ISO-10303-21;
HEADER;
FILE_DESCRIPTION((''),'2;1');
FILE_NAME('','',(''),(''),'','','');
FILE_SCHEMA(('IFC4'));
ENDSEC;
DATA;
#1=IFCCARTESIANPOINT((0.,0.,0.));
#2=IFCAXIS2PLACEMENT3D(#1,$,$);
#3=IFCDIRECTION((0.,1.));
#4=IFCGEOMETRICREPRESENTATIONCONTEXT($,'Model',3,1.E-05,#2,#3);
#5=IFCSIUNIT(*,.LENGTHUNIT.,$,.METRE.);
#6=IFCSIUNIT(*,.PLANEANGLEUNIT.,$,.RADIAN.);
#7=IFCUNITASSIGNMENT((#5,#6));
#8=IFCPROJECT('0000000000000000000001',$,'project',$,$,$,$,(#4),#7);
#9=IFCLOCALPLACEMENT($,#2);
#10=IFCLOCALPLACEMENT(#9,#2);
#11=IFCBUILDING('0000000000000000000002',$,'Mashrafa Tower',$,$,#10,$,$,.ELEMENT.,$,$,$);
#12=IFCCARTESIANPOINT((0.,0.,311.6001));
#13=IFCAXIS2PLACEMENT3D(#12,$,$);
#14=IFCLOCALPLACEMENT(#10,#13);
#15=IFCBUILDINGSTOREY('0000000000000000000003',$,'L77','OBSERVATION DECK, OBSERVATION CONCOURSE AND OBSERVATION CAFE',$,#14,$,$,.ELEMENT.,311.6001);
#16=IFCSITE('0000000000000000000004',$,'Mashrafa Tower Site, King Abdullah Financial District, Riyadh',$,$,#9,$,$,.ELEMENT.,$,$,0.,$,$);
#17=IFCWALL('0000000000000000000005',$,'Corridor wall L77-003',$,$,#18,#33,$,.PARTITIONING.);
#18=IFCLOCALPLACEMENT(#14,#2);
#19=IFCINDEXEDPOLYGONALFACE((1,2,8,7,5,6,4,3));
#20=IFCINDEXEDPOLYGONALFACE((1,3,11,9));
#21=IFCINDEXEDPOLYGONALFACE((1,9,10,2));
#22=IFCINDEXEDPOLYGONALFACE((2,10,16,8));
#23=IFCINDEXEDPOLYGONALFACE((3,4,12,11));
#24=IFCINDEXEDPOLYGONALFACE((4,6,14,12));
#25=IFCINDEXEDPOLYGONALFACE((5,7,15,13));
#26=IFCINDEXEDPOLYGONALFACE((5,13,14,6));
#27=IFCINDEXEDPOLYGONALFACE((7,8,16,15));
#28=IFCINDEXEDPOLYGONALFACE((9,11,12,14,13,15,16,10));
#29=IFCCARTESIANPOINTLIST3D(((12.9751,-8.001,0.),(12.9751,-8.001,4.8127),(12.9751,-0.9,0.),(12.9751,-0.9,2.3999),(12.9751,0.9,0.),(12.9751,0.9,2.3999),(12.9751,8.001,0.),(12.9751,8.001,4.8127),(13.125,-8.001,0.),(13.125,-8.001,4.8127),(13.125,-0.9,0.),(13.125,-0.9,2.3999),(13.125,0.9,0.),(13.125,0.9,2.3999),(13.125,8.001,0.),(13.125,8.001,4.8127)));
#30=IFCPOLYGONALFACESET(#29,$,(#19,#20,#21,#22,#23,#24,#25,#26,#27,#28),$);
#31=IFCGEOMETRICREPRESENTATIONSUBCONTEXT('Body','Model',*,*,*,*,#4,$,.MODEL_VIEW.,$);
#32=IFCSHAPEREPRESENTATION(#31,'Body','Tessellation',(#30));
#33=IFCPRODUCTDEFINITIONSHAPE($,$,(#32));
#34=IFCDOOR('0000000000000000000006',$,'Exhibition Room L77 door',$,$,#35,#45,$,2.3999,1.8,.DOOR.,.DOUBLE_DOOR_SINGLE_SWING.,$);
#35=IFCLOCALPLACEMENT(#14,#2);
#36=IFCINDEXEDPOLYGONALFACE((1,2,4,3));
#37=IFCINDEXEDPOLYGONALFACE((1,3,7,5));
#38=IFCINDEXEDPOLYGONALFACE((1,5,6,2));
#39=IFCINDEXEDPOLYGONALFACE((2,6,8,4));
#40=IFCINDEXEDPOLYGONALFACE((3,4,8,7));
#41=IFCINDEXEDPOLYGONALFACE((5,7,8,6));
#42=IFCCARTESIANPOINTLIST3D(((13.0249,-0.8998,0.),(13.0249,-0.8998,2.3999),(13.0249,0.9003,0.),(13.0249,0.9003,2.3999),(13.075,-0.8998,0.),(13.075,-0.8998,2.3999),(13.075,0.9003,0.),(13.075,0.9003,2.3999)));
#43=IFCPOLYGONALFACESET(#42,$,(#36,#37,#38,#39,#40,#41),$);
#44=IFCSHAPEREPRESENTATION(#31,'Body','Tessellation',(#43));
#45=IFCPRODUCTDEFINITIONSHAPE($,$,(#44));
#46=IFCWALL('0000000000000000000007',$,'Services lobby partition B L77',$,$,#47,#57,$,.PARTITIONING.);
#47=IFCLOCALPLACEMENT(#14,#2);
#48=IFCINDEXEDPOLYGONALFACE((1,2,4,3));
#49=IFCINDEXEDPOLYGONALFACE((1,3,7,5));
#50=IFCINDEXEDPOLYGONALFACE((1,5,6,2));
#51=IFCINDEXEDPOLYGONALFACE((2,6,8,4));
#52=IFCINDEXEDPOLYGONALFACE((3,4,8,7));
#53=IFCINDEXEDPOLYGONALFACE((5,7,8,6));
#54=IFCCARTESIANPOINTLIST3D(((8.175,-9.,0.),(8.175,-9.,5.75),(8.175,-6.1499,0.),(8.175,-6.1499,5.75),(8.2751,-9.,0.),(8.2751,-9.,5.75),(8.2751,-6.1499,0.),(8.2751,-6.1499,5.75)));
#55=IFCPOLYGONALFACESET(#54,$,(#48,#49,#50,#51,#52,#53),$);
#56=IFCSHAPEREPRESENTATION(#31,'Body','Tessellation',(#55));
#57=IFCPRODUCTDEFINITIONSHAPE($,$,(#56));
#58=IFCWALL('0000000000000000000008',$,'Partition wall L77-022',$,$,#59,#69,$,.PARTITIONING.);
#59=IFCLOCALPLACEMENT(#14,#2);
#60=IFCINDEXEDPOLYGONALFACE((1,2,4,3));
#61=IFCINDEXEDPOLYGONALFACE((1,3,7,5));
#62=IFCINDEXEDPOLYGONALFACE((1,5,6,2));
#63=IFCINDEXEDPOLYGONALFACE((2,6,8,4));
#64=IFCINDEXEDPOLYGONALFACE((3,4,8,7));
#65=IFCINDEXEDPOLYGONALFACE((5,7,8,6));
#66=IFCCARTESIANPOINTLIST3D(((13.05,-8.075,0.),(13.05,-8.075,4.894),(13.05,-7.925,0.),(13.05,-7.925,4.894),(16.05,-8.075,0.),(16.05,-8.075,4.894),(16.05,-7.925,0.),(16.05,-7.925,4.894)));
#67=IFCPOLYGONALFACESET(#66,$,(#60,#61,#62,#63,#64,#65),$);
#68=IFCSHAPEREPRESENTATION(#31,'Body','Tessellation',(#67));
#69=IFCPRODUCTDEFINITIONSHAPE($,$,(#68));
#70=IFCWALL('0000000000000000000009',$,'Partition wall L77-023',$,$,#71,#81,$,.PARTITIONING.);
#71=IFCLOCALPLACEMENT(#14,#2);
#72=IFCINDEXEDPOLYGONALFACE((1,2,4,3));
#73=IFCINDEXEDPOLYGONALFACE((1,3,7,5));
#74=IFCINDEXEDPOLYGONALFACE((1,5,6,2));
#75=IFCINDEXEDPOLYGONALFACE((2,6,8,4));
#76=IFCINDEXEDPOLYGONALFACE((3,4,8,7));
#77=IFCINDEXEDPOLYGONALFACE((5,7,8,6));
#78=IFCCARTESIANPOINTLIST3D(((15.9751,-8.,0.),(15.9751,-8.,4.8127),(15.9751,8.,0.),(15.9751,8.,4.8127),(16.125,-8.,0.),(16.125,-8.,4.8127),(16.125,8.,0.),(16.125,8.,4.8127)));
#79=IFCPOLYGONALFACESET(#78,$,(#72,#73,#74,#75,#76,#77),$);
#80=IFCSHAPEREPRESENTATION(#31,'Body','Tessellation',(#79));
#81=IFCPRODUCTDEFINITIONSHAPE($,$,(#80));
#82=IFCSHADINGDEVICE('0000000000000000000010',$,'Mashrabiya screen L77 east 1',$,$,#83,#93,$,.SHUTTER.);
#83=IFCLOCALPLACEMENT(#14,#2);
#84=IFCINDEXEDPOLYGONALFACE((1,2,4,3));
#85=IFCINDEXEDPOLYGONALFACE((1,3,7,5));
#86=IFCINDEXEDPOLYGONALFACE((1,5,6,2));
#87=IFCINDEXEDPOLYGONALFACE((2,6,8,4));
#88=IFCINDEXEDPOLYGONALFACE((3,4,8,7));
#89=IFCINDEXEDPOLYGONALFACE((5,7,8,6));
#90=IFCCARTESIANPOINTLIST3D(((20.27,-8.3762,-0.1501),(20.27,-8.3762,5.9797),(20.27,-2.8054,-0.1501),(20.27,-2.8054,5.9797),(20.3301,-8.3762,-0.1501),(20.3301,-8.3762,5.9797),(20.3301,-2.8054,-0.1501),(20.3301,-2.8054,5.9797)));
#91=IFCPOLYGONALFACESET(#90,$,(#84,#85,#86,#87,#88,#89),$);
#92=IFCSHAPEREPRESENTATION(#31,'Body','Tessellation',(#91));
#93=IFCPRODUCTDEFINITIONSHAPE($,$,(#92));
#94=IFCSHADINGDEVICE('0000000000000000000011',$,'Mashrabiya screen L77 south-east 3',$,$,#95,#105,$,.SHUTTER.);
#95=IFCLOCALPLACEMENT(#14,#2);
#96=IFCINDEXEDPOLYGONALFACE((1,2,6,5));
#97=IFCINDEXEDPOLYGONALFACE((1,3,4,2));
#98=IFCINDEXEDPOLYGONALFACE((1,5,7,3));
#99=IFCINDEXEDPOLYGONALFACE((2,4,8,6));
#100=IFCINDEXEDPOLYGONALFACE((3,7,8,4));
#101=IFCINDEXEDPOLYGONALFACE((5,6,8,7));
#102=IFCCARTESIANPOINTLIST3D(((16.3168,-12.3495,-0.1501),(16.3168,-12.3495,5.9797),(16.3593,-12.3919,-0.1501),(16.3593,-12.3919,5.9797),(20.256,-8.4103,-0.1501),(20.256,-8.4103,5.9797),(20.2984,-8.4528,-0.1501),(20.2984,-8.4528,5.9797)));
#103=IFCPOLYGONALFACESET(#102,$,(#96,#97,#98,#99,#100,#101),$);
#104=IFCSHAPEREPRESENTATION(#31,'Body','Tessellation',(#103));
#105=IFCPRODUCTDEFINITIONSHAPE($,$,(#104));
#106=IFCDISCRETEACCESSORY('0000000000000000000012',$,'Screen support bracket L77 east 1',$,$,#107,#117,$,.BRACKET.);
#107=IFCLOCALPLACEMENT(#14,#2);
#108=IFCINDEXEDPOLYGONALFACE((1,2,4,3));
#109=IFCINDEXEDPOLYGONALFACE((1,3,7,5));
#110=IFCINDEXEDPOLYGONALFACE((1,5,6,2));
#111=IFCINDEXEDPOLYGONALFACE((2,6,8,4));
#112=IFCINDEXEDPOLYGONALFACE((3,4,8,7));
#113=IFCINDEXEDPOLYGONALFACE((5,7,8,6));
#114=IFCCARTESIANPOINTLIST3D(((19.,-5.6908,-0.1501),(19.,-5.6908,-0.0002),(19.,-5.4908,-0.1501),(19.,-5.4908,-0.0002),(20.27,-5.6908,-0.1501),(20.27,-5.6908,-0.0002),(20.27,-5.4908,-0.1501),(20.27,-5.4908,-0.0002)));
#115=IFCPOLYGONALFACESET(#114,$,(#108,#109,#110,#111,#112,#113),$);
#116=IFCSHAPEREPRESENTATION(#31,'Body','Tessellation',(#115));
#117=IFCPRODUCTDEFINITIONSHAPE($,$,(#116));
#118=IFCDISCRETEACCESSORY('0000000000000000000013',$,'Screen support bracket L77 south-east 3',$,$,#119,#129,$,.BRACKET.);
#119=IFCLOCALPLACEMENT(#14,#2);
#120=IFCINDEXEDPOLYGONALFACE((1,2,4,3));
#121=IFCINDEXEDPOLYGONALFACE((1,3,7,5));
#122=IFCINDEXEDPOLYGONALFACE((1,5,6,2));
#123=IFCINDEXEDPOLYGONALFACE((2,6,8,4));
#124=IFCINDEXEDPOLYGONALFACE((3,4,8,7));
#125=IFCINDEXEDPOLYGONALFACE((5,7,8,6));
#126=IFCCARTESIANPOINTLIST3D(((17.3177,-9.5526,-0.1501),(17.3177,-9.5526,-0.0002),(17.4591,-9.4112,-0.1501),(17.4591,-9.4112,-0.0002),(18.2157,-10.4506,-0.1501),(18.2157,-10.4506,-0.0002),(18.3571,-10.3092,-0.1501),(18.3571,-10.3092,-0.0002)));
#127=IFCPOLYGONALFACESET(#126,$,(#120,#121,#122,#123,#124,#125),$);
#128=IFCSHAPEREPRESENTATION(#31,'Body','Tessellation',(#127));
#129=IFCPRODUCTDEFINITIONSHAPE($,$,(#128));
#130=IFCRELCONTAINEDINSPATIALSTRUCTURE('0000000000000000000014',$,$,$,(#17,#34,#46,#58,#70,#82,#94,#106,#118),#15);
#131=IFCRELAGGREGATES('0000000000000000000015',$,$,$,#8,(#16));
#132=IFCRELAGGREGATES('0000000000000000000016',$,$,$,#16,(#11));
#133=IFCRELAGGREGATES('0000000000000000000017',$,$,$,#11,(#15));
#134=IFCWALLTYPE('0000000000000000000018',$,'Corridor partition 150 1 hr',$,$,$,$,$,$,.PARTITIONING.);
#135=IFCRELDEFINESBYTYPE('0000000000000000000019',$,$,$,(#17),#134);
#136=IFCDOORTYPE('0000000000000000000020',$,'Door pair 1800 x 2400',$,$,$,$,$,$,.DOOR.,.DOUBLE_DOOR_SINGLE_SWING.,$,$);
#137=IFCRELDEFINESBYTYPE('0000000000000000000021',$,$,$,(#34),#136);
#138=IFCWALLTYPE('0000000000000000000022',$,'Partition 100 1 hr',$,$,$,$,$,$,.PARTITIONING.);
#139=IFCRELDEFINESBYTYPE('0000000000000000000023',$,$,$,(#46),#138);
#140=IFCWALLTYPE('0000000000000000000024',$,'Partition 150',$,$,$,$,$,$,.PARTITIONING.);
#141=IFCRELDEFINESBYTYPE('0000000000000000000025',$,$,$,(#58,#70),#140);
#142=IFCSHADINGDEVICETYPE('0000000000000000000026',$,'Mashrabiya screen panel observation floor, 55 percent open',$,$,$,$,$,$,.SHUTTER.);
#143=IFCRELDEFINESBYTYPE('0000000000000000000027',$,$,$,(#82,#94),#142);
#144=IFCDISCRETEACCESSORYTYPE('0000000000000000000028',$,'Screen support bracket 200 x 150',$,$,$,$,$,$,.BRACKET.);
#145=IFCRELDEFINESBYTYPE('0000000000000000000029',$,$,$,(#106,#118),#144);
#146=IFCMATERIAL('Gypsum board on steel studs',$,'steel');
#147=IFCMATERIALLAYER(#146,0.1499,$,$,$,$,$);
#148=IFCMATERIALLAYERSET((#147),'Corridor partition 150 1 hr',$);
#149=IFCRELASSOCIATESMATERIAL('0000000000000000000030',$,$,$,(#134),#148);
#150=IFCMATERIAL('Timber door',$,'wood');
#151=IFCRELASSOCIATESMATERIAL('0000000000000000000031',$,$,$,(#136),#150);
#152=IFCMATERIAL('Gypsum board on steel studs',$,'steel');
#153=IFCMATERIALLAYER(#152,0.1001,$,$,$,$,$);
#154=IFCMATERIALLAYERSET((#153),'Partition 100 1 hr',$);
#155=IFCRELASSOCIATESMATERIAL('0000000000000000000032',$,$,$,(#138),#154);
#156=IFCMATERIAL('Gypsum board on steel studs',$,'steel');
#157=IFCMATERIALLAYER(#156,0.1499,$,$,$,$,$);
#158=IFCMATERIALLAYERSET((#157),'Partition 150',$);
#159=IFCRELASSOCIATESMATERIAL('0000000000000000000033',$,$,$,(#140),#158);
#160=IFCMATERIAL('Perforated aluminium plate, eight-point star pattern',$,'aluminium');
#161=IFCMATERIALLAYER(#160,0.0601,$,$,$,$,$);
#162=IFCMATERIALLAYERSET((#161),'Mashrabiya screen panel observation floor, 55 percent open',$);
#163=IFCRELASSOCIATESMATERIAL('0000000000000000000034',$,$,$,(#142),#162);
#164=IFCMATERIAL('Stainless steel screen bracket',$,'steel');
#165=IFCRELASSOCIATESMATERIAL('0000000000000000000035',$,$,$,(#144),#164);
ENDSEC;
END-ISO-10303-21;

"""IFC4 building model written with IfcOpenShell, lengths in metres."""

from ifc_helpers import new_model, si_unit, direction, frame, frame_2d, origin, origin_2d, place, context, subcontext, project, spatial, rectangle, extrude, source, transform, mapped, material, layer, layer_set, type_object, type_shapes, element, fill, save


model = new_model("IFC4")

# Units and contexts
model_context = context("Model", 3, precision=1e-05, world=origin(), true_north=direction((0.0, 1.0)))
body_context = subcontext(model_context, "Body", "Model", "MODEL_VIEW")
ifc_project = project(units=[si_unit("LENGTHUNIT", "METRE"), si_unit("PLANEANGLEUNIT", "RADIAN")], contexts=[model_context])

# Site, building, storey
site_placement = place(None, origin())
site = spatial("IfcSite", under=ifc_project, at=site_placement, Name="Mashrafa Tower Site, King Abdullah Financial District, Riyadh", CompositionType="ELEMENT", RefElevation=0.0)
building_placement = place(site_placement, origin())
building = spatial("IfcBuilding", under=site, at=building_placement, Name="Mashrafa Tower", CompositionType="ELEMENT")
storey_placement = place(building_placement, frame((0.0, 0.0, 311.6001)))
storey = spatial("IfcBuildingStorey", under=building, at=storey_placement, Name="L77", Description="OBSERVATION DECK, OBSERVATION CONCOURSE AND OBSERVATION CAFE", CompositionType="ELEMENT", Elevation=311.6001)

# Wall, opening, door
ifc_material_1 = material(Name="Gypsum board on steel studs", Category="steel")
ifc_layer_1 = layer(ifc_material_1, 0.1499)
ifc_layer_set_1 = layer_set([ifc_layer_1], Name="Corridor partition 150 1 hr")
wall_type_1 = type_object("IfcWallType", Name="Corridor partition 150 1 hr", PredefinedType="PARTITIONING", material=ifc_layer_set_1)
wall_1_placement = place(storey_placement, frame((13.05, -8.001, 0.0), z_axis=(0.0, 0.0, 1.0), x_axis=(0.0, 1.0, 0.0)))
wall_1 = element("IfcWall", 1, at=wall_1_placement, inside=storey, type_object=wall_type_1, Name="Corridor wall L77-003", PredefinedType="PARTITIONING", context=body_context, shape_type="SweptSolid", body=[
    extrude(rectangle(XDim=16.002, YDim=0.1499, at=frame_2d((8.001, 0.0))), origin(), (0.0, 0.0, 1.0), 4.8127),
])
opening_placement = place(wall_1_placement, frame((7.1011, 0.0, 0.0)))
opening = element("IfcOpeningElement", 2, at=opening_placement, cuts=wall_1, PredefinedType="OPENING", context=body_context, shape_type="SweptSolid", body=[
    extrude(rectangle(XDim=1.8, YDim=2.3999, at=frame_2d((0.8999, 1.2))), frame((0.0, 0.085, 0.0), z_axis=(0.0, -1.0, 0.0), x_axis=(1.0, 0.0, 0.0)), (0.0, 0.0, 1.0), 0.1699),
])
ifc_material_2 = material(Name="Timber door", Category="wood")
door_type = type_object("IfcDoorType", Name="Door pair 1800 x 2400", OperationType="DOUBLE_DOOR_SINGLE_SWING", PredefinedType="DOOR", material=ifc_material_2)
door_placement = place(opening_placement, frame((1.8, 0.0, 0.0), z_axis=(0.0, 0.0, 1.0), x_axis=(-1.0, 0.0, 0.0)))
door = element("IfcDoor", 3, at=door_placement, inside=storey, type_object=door_type, Name="Exhibition Room L77 door", OperationType="DOUBLE_DOOR_SINGLE_SWING", OverallHeight=2.3999, OverallWidth=1.8, PredefinedType="DOOR", context=body_context, shape_type="SweptSolid", body=[
    extrude(rectangle(XDim=1.8, YDim=2.3999, at=frame_2d((0.8999, 1.2))), frame((0.0, 0.0249, 0.0), z_axis=(0.0, -1.0, 0.0), x_axis=(1.0, 0.0, 0.0)), (0.0, 0.0, 1.0), 0.05),
])
fill(opening, door)

# Walls
ifc_material_3 = material(Name="Gypsum board on steel studs", Category="steel")
ifc_layer_2 = layer(ifc_material_3, 0.1001)
ifc_layer_set_2 = layer_set([ifc_layer_2], Name="Partition 100 1 hr")
wall_type_2 = type_object("IfcWallType", Name="Partition 100 1 hr", PredefinedType="PARTITIONING", material=ifc_layer_set_2)
wall_2_placement = place(storey_placement, frame((8.2251, -9.0, 0.0), z_axis=(0.0, 0.0, 1.0), x_axis=(0.0, 1.0, 0.0)))
element("IfcWall", 4, at=wall_2_placement, inside=storey, type_object=wall_type_2, Name="Services lobby partition B L77", PredefinedType="PARTITIONING", context=body_context, shape_type="SweptSolid", body=[
    extrude(rectangle(XDim=2.8501, YDim=0.1001, at=frame_2d((1.425, 0.0))), origin(), (0.0, 0.0, 1.0), 5.75),
])
ifc_material_4 = material(Name="Gypsum board on steel studs", Category="steel")
ifc_layer_3 = layer(ifc_material_4, 0.1499)
ifc_layer_set_3 = layer_set([ifc_layer_3], Name="Partition 150")
wall_type_3 = type_object("IfcWallType", Name="Partition 150", PredefinedType="PARTITIONING", material=ifc_layer_set_3)
wall_3_placement = place(storey_placement, frame((13.05, -8.0, 0.0), z_axis=(0.0, 0.0, 1.0), x_axis=(1.0, 0.0, 0.0)))
element("IfcWall", 5, at=wall_3_placement, inside=storey, type_object=wall_type_3, Name="Partition wall L77-022", PredefinedType="PARTITIONING", context=body_context, shape_type="SweptSolid", body=[
    extrude(rectangle(XDim=3.0, YDim=0.1499, at=frame_2d((1.5, 0.0))), origin(), (0.0, 0.0, 1.0), 4.894),
])
wall_4_placement = place(storey_placement, frame((16.05, -8.0, 0.0), z_axis=(0.0, 0.0, 1.0), x_axis=(0.0, 1.0, 0.0)))
element("IfcWall", 6, at=wall_4_placement, inside=storey, type_object=wall_type_3, Name="Partition wall L77-023", PredefinedType="PARTITIONING", context=body_context, shape_type="SweptSolid", body=[
    extrude(rectangle(XDim=16.0, YDim=0.1499, at=frame_2d((8.0, 0.0))), origin(), (0.0, 0.0, 1.0), 4.8127),
])

# Shading devices
ifc_material_5 = material(Name="Perforated aluminium plate, eight-point star pattern", Category="aluminium")
ifc_layer_4 = layer(ifc_material_5, 0.0601)
ifc_layer_set_4 = layer_set([ifc_layer_4], Name="Mashrabiya screen panel observation floor, 55 percent open")
shading_device_type = type_object("IfcShadingDeviceType", Name="Mashrabiya screen panel observation floor, 55 percent open", PredefinedType="SHUTTER", material=ifc_layer_set_4)
shared_shape_1 = source(origin(), body_context, "Body", "SweptSolid", [
    extrude(rectangle(XDim=5.5708, YDim=0.0601, at=origin_2d()), origin(), (0.0, 0.0, 1.0), 6.1299),
])
type_shapes(shading_device_type, [shared_shape_1])
for number, where, z_axis, x_axis, name in (
    (7, (20.3, -5.5908, -0.1501), (0.0, 0.0, 1.0), (0.0, 1.0, 0.0), "Mashrabiya screen L77 east 1"),
    (8, (18.3076, -10.4011, -0.1501), (0.0, 0.0, 1.0), (0.707107, 0.707107, 0.0), "Mashrabiya screen L77 south-east 3"),
):
    element("IfcShadingDevice", number, at=place(storey_placement, frame(where, z_axis=z_axis, x_axis=x_axis)), inside=storey, type_object=shading_device_type, Name=name, PredefinedType="SHUTTER", context=body_context, shape_type="MappedRepresentation", body=[
        mapped(shared_shape_1, transform((0.0, 0.0, 0.0))),
    ])

# Discrete accessories
ifc_material_6 = material(Name="Stainless steel screen bracket", Category="steel")
discrete_accessory_type = type_object("IfcDiscreteAccessoryType", Name="Screen support bracket 200 x 150", PredefinedType="BRACKET", material=ifc_material_6)
shared_shape_2 = source(origin(), body_context, "Body", "SweptSolid", [
    extrude(rectangle(XDim=0.2, YDim=1.27, at=origin_2d()), origin(), (0.0, 0.0, 1.0), 0.1499),
])
type_shapes(discrete_accessory_type, [shared_shape_2])
for number, where, z_axis, x_axis, name in (
    (9, (19.635, -5.5908, -0.1501), (0.0, 0.0, 1.0), (0.0, 1.0, 0.0), "Screen support bracket L77 east 1"),
    (10, (17.8374, -9.9309, -0.1501), (0.0, 0.0, 1.0), (0.707107, 0.707107, 0.0), "Screen support bracket L77 south-east 3"),
):
    element("IfcDiscreteAccessory", number, at=place(storey_placement, frame(where, z_axis=z_axis, x_axis=x_axis)), inside=storey, type_object=discrete_accessory_type, Name=name, PredefinedType="BRACKET", context=body_context, shape_type="MappedRepresentation", body=[
        mapped(shared_shape_2, transform((0.0, 0.0, 0.0))),
    ])

save(model, "model.ifc")
